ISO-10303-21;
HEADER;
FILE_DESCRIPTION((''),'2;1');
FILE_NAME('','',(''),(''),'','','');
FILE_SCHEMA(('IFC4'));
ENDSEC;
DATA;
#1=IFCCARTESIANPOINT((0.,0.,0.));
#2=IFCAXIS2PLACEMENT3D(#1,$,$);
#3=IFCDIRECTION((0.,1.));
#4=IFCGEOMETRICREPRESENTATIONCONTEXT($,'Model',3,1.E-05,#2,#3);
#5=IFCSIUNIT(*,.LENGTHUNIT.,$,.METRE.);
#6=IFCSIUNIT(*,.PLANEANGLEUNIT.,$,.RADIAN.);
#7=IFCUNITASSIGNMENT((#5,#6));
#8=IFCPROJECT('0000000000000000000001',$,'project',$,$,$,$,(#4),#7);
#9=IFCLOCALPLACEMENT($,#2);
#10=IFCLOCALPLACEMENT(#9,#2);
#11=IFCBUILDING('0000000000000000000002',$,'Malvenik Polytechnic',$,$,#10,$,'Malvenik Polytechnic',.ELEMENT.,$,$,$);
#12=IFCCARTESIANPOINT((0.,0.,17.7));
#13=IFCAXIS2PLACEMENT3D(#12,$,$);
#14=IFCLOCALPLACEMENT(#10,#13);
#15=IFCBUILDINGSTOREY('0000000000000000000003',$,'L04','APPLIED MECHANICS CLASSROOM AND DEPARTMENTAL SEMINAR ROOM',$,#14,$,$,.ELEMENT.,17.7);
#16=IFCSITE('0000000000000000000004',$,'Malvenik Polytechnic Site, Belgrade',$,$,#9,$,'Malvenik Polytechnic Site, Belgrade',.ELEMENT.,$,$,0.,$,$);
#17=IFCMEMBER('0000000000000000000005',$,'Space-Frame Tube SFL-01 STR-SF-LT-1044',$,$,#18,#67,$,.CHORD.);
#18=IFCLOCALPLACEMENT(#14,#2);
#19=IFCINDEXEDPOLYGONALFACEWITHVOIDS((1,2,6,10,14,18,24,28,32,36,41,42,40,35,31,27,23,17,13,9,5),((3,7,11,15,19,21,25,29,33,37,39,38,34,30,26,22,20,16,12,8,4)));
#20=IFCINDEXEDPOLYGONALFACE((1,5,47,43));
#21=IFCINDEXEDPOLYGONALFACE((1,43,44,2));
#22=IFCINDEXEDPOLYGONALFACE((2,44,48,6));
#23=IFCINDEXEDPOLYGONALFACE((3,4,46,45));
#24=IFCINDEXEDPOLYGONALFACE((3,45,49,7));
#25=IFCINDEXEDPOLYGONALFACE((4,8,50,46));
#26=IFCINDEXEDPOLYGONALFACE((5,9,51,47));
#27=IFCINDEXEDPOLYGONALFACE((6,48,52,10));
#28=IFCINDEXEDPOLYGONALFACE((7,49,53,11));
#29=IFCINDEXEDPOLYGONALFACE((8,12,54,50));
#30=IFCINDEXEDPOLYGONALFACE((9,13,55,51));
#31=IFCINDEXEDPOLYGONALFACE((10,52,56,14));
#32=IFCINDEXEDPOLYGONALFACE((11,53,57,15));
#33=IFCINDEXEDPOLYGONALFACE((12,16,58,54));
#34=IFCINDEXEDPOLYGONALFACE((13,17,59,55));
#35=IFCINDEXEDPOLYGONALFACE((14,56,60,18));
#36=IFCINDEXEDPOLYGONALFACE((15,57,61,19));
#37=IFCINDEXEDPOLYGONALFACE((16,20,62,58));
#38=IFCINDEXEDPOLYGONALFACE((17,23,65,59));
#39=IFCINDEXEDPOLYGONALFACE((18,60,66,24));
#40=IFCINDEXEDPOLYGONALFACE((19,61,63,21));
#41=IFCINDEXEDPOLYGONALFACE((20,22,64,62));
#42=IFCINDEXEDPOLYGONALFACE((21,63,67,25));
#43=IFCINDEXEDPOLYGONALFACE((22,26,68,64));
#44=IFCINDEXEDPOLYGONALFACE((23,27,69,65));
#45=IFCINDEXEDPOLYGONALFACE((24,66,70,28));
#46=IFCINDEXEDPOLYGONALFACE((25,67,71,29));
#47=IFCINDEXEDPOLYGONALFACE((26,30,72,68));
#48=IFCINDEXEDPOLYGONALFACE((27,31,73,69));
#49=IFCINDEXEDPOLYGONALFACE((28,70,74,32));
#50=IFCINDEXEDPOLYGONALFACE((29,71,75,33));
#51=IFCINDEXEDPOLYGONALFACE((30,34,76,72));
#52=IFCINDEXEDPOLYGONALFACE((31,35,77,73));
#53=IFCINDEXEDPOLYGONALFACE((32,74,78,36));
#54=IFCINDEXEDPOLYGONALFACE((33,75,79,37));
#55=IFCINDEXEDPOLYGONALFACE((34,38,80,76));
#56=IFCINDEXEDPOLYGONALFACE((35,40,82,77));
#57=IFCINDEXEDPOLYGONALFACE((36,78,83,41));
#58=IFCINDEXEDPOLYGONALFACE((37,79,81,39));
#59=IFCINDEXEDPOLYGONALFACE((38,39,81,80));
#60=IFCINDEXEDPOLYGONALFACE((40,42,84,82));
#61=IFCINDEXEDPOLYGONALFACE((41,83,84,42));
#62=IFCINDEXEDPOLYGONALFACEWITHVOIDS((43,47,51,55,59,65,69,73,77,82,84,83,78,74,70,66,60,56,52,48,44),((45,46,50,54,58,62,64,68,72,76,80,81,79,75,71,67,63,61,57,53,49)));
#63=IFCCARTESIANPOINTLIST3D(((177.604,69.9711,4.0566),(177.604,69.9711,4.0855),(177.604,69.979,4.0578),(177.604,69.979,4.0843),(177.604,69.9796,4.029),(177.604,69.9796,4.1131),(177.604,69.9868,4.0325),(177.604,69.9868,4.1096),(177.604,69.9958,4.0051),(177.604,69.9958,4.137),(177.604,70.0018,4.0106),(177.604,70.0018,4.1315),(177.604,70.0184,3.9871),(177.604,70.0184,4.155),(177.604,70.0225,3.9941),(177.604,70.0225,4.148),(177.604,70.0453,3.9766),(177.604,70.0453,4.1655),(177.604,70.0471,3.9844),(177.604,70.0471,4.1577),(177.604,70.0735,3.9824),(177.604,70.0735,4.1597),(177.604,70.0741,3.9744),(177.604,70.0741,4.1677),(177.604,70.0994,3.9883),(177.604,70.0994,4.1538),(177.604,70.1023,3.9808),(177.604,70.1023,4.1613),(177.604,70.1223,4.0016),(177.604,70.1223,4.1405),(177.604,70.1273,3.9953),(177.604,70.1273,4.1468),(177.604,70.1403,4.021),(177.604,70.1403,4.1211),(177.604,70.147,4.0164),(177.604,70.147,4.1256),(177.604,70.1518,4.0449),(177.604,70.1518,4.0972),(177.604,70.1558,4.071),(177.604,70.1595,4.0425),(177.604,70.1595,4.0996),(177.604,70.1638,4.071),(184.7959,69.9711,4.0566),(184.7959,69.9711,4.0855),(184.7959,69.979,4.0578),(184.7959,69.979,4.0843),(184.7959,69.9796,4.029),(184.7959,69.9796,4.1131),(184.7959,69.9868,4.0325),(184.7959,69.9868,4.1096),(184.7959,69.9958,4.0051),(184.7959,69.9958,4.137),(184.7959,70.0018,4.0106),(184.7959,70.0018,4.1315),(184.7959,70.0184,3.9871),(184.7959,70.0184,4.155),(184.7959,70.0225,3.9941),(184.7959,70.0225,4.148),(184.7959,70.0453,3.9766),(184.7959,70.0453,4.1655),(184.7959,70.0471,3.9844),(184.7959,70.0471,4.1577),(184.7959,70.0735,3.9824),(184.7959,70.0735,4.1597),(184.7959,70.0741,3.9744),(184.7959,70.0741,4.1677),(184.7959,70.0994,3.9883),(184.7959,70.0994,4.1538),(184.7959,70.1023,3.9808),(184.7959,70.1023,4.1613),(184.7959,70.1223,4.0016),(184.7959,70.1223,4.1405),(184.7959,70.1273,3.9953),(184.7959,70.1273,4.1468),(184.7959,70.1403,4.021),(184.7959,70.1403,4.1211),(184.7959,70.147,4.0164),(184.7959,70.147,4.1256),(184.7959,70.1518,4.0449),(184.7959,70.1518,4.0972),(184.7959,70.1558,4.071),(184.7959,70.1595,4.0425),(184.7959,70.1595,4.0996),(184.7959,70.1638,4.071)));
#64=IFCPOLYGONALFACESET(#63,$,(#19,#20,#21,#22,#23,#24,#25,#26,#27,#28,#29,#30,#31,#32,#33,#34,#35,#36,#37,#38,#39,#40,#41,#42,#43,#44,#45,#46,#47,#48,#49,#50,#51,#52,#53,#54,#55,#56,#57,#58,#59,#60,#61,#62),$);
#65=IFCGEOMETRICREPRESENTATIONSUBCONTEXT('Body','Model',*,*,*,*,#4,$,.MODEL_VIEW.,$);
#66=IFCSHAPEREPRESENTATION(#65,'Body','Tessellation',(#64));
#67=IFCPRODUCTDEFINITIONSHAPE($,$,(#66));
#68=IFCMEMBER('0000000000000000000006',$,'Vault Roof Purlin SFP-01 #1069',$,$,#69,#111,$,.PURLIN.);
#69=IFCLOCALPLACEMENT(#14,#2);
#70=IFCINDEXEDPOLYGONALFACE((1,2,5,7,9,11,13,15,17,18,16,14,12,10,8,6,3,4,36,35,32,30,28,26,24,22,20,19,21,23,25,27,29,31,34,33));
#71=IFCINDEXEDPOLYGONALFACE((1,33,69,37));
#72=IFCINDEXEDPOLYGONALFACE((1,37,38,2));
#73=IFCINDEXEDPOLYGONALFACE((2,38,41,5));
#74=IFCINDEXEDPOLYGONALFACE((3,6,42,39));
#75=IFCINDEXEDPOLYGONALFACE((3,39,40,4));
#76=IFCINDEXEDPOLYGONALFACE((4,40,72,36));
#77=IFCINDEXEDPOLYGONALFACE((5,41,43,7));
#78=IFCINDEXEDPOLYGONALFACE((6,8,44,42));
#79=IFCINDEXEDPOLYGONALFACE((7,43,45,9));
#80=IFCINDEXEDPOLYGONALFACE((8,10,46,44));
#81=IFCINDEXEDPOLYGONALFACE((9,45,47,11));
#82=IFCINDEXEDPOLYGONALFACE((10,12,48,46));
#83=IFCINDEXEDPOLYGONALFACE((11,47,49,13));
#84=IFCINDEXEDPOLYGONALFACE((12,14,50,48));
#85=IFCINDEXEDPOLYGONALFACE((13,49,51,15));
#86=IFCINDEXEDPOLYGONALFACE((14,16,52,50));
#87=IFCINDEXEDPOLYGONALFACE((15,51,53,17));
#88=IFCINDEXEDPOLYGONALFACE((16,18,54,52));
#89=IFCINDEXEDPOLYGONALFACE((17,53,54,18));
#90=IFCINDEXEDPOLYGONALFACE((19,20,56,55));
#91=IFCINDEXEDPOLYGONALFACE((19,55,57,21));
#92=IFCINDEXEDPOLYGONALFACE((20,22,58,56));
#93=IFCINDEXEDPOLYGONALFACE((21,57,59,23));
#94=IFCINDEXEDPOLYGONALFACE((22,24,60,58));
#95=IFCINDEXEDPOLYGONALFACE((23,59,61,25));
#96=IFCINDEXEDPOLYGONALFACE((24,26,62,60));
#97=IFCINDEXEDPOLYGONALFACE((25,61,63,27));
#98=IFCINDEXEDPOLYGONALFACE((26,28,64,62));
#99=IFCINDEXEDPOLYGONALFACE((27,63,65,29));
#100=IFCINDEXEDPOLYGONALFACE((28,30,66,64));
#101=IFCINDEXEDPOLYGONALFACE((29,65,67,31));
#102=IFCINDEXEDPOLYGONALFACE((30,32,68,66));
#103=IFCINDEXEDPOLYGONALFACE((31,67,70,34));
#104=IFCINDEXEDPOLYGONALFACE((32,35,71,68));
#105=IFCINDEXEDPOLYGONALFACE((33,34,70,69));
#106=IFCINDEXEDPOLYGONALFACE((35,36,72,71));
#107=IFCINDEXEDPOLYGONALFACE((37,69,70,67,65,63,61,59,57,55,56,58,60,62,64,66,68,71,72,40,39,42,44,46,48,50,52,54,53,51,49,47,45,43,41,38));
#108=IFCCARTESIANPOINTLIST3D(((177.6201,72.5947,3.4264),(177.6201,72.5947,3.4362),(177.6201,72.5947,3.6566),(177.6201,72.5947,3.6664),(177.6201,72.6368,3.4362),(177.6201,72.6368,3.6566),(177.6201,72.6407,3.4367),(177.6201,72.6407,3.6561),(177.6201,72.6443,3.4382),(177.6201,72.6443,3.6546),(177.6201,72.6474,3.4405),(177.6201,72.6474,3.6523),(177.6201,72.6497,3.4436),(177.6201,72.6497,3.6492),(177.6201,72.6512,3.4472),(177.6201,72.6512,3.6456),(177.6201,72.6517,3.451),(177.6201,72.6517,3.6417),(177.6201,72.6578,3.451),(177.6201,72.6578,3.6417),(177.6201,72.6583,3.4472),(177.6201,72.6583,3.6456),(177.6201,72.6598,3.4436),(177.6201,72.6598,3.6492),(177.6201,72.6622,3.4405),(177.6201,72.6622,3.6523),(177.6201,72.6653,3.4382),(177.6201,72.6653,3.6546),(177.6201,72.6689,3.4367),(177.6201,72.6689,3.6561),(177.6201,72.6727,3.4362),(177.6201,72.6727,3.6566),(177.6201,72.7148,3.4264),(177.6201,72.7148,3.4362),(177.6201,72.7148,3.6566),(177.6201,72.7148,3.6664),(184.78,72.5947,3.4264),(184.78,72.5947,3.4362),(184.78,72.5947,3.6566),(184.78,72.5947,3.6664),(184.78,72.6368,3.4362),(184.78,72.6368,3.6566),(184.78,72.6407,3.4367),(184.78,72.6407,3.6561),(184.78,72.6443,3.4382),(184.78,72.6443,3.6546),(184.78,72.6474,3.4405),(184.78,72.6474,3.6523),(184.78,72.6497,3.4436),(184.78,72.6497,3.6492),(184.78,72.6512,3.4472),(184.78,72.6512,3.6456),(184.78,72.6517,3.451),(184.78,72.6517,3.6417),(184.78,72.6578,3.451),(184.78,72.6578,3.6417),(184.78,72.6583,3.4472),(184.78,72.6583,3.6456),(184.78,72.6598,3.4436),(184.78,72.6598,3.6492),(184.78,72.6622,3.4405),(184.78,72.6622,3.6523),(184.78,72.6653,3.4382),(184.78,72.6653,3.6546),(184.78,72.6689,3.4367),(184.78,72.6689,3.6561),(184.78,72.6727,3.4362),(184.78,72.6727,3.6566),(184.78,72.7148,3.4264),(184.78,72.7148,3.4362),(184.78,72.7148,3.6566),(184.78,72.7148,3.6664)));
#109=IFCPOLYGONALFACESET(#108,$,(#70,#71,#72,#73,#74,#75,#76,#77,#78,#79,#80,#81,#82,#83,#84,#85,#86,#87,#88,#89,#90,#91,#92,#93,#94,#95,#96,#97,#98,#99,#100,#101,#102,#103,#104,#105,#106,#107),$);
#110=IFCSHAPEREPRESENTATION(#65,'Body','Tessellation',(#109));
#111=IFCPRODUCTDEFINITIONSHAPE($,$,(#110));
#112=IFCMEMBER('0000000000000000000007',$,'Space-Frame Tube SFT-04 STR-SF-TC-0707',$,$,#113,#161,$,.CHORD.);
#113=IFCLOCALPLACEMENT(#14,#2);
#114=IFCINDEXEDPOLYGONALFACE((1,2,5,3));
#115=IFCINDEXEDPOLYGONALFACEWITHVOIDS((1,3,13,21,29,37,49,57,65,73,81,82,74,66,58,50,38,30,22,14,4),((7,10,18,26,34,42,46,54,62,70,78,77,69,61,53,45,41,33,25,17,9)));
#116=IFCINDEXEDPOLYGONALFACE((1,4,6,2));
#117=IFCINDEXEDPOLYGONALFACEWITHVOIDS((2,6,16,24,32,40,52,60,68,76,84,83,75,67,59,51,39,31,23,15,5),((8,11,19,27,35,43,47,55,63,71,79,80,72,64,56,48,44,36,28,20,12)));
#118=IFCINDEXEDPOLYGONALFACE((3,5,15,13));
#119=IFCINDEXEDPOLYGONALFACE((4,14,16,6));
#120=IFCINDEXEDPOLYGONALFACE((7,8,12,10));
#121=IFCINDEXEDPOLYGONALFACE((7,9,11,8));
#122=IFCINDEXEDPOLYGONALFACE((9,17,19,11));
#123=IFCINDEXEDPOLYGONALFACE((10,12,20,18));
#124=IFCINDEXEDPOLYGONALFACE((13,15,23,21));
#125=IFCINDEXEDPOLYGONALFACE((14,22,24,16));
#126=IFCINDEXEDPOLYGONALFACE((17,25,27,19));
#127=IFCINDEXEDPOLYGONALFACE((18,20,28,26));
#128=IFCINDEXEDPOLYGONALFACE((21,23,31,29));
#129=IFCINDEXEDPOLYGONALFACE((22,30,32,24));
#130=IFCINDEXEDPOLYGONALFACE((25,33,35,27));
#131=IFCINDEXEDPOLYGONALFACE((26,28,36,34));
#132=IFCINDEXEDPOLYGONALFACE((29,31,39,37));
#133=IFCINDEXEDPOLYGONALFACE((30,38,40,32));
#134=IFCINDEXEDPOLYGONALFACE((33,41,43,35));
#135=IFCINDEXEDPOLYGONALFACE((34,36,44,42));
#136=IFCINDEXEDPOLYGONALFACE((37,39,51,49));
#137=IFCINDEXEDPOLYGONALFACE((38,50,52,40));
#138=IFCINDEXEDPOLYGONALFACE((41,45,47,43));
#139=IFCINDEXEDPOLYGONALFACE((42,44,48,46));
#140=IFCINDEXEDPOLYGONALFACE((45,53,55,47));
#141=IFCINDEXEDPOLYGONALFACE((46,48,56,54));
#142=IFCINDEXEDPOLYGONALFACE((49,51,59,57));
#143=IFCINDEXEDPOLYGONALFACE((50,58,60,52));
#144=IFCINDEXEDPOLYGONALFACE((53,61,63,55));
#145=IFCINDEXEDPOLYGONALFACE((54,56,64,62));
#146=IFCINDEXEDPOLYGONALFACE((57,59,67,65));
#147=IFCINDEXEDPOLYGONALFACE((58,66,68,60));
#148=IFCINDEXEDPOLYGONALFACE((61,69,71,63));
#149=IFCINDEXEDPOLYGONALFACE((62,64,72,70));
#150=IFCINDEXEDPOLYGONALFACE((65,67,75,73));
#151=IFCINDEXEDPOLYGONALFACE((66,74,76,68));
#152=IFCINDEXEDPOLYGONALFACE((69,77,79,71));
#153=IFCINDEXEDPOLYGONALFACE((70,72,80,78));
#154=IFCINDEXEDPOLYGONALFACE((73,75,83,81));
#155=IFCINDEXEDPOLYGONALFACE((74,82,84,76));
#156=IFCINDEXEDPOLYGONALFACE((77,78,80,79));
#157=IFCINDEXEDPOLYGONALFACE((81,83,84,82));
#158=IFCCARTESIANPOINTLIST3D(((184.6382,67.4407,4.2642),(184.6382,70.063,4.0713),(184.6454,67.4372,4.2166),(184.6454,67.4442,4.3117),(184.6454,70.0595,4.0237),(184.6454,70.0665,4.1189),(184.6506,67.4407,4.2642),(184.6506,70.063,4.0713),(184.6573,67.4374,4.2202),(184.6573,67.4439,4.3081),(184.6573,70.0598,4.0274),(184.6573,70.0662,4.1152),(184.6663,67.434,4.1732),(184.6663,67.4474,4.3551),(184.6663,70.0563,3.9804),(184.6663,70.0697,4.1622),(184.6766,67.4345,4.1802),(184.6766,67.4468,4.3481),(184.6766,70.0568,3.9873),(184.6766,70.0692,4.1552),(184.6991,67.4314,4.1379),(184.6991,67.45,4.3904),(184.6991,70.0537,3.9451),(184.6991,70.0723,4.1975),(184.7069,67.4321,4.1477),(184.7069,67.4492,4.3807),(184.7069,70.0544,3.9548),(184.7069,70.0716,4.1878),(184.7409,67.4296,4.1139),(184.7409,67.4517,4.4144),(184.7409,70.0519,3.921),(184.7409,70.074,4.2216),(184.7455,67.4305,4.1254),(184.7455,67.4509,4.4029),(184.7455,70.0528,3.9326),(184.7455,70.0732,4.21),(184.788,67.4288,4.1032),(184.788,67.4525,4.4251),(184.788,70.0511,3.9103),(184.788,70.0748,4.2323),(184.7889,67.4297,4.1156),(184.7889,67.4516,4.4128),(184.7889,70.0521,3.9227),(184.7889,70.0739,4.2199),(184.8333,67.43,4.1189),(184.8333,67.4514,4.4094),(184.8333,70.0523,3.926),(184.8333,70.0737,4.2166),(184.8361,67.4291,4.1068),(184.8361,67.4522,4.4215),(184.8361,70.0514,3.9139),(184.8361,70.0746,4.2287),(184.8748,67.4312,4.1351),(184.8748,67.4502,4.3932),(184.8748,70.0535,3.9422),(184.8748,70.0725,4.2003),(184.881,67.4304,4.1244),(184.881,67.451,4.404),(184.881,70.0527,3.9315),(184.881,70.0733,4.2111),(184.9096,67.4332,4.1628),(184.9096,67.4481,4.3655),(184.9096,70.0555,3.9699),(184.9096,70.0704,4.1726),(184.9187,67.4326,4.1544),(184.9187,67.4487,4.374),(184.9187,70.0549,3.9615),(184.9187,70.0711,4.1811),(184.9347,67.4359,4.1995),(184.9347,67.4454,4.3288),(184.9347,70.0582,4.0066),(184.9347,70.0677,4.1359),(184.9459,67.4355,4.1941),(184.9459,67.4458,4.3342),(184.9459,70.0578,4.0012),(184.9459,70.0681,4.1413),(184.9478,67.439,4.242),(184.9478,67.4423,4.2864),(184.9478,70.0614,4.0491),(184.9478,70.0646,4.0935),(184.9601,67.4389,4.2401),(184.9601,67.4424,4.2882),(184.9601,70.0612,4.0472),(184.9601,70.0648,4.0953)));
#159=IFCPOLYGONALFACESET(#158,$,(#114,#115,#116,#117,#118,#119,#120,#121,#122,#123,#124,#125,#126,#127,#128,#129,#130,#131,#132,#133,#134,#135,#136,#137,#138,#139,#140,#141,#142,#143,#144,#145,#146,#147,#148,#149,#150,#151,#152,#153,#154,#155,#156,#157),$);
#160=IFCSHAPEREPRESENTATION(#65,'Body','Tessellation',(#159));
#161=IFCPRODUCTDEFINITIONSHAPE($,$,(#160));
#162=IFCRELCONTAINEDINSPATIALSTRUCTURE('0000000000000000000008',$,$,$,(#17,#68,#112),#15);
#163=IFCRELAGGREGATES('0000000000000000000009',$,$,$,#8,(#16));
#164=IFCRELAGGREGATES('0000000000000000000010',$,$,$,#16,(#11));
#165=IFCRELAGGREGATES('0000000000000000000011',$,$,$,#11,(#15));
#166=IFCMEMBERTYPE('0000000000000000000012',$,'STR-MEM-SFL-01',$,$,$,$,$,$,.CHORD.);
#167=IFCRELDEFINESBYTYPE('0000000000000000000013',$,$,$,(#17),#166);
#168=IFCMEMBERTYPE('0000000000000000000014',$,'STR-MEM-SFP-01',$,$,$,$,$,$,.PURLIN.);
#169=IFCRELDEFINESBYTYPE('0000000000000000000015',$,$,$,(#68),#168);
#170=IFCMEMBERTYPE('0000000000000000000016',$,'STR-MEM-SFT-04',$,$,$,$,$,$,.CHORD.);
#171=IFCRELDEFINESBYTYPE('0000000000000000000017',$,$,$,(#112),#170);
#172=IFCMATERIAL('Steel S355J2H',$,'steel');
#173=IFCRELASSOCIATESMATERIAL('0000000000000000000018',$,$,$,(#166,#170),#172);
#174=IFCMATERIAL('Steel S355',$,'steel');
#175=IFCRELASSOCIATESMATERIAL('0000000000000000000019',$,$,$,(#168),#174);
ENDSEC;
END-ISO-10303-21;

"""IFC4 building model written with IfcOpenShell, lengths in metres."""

from ifc_helpers import new_model, si_unit, direction, frame, origin, origin_2d, place, context, subcontext, project, spatial, hollow_circle, i_section, extrude, material, material_profile, profile_set, type_object, element, save


model = new_model("IFC4")

# Units and contexts
model_context = context("Model", 3, precision=1e-05, world=origin(), true_north=direction((0.0, 1.0)))
body_context = subcontext(model_context, "Body", "Model", "MODEL_VIEW")
ifc_project = project(units=[si_unit("LENGTHUNIT", "METRE"), si_unit("PLANEANGLEUNIT", "RADIAN")], contexts=[model_context])

# Site, building, storey
site_placement = place(None, origin())
site = spatial("IfcSite", under=ifc_project, at=site_placement, Name="Malvenik Polytechnic Site, Belgrade", LongName="Malvenik Polytechnic Site, Belgrade", CompositionType="ELEMENT", RefElevation=0.0)
building_placement = place(site_placement, origin())
building = spatial("IfcBuilding", under=site, at=building_placement, Name="Malvenik Polytechnic", LongName="Malvenik Polytechnic", CompositionType="ELEMENT")
storey_placement = place(building_placement, frame((0.0, 0.0, 17.7)))
storey = spatial("IfcBuildingStorey", under=building, at=storey_placement, Name="L04", Description="APPLIED MECHANICS CLASSROOM AND DEPARTMENTAL SEMINAR ROOM", CompositionType="ELEMENT", Elevation=17.7)

# Members
ifc_material_1 = material(Name="Steel S355J2H", Category="steel")
ifc_material_profile_1 = material_profile(ifc_material_1, hollow_circle(Radius=0.0969, WallThickness=0.0081, at=origin_2d()), Name="CHS 193.7x8.0")
ifc_profile_set_1 = profile_set([ifc_material_profile_1], Name="Steel S355J2H")
member_type_1 = type_object("IfcMemberType", Name="STR-MEM-SFL-01", PredefinedType="CHORD", material=ifc_profile_set_1)
for number, where, z_axis, x_axis, name in (
    (1, (177.604, 70.0669, 4.071), (1.0, 0.0, 0.0), (0.0, 1.0, 0.0), "Space-Frame Tube SFL-01 STR-SF-LT-1044"),
):
    element("IfcMember", number, at=place(storey_placement, frame(where, z_axis=z_axis, x_axis=x_axis)), inside=storey, type_object=member_type_1, Name=name, PredefinedType="CHORD", context=body_context, shape_type="SweptSolid", body=[
        extrude(hollow_circle(Radius=0.0969, WallThickness=0.0081, at=origin_2d()), origin(), (0.0, 0.0, 1.0), 7.1919),
    ])
ifc_material_2 = material(Name="Steel S355", Category="steel")
ifc_material_profile_2 = material_profile(ifc_material_2, i_section(OverallWidth=0.1201, OverallDepth=0.24, WebThickness=0.0061, FlangeThickness=0.0098, FilletRadius=0.0149, at=origin_2d()), Name="IPE 240")
ifc_profile_set_2 = profile_set([ifc_material_profile_2], Name="Steel S355")
member_type_2 = type_object("IfcMemberType", Name="STR-MEM-SFP-01", PredefinedType="PURLIN", material=ifc_profile_set_2)
member_1_placement = place(storey_placement, frame((177.6201, 72.6548, 3.5464), z_axis=(1.0, 0.0, 0.0), x_axis=(0.0, 1.0, 0.0)))
element("IfcMember", 2, at=member_1_placement, inside=storey, type_object=member_type_2, Name="Vault Roof Purlin SFP-01 #1069", PredefinedType="PURLIN", context=body_context, shape_type="SweptSolid", body=[
    extrude(i_section(OverallWidth=0.1201, OverallDepth=0.24, WebThickness=0.0061, FlangeThickness=0.0098, FilletRadius=0.0149, at=origin_2d()), origin(), (0.0, 0.0, 1.0), 7.1599),
])
ifc_material_profile_3 = material_profile(ifc_material_1, hollow_circle(Radius=0.1619, WallThickness=0.0125, at=origin_2d()), Name="CHS 323.9x12.5")
ifc_profile_set_3 = profile_set([ifc_material_profile_3], Name="Steel S355J2H")
member_type_3 = type_object("IfcMemberType", Name="STR-MEM-SFT-04", PredefinedType="CHORD", material=ifc_profile_set_3)
for number, where, z_axis, x_axis, name in (
    (3, (184.8, 67.4407, 4.2642), (0.0, 0.997306, -0.073352), (-1.0, 0.0, 0.0), "Space-Frame Tube SFT-04 STR-SF-TC-0707"),
):
    element("IfcMember", number, at=place(storey_placement, frame(where, z_axis=z_axis, x_axis=x_axis)), inside=storey, type_object=member_type_3, Name=name, PredefinedType="CHORD", context=body_context, shape_type="SweptSolid", body=[
        extrude(hollow_circle(Radius=0.1619, WallThickness=0.0125, at=origin_2d()), origin(), (0.0, 0.0, 1.0), 2.6294),
    ])

save(model, "model.ifc")
